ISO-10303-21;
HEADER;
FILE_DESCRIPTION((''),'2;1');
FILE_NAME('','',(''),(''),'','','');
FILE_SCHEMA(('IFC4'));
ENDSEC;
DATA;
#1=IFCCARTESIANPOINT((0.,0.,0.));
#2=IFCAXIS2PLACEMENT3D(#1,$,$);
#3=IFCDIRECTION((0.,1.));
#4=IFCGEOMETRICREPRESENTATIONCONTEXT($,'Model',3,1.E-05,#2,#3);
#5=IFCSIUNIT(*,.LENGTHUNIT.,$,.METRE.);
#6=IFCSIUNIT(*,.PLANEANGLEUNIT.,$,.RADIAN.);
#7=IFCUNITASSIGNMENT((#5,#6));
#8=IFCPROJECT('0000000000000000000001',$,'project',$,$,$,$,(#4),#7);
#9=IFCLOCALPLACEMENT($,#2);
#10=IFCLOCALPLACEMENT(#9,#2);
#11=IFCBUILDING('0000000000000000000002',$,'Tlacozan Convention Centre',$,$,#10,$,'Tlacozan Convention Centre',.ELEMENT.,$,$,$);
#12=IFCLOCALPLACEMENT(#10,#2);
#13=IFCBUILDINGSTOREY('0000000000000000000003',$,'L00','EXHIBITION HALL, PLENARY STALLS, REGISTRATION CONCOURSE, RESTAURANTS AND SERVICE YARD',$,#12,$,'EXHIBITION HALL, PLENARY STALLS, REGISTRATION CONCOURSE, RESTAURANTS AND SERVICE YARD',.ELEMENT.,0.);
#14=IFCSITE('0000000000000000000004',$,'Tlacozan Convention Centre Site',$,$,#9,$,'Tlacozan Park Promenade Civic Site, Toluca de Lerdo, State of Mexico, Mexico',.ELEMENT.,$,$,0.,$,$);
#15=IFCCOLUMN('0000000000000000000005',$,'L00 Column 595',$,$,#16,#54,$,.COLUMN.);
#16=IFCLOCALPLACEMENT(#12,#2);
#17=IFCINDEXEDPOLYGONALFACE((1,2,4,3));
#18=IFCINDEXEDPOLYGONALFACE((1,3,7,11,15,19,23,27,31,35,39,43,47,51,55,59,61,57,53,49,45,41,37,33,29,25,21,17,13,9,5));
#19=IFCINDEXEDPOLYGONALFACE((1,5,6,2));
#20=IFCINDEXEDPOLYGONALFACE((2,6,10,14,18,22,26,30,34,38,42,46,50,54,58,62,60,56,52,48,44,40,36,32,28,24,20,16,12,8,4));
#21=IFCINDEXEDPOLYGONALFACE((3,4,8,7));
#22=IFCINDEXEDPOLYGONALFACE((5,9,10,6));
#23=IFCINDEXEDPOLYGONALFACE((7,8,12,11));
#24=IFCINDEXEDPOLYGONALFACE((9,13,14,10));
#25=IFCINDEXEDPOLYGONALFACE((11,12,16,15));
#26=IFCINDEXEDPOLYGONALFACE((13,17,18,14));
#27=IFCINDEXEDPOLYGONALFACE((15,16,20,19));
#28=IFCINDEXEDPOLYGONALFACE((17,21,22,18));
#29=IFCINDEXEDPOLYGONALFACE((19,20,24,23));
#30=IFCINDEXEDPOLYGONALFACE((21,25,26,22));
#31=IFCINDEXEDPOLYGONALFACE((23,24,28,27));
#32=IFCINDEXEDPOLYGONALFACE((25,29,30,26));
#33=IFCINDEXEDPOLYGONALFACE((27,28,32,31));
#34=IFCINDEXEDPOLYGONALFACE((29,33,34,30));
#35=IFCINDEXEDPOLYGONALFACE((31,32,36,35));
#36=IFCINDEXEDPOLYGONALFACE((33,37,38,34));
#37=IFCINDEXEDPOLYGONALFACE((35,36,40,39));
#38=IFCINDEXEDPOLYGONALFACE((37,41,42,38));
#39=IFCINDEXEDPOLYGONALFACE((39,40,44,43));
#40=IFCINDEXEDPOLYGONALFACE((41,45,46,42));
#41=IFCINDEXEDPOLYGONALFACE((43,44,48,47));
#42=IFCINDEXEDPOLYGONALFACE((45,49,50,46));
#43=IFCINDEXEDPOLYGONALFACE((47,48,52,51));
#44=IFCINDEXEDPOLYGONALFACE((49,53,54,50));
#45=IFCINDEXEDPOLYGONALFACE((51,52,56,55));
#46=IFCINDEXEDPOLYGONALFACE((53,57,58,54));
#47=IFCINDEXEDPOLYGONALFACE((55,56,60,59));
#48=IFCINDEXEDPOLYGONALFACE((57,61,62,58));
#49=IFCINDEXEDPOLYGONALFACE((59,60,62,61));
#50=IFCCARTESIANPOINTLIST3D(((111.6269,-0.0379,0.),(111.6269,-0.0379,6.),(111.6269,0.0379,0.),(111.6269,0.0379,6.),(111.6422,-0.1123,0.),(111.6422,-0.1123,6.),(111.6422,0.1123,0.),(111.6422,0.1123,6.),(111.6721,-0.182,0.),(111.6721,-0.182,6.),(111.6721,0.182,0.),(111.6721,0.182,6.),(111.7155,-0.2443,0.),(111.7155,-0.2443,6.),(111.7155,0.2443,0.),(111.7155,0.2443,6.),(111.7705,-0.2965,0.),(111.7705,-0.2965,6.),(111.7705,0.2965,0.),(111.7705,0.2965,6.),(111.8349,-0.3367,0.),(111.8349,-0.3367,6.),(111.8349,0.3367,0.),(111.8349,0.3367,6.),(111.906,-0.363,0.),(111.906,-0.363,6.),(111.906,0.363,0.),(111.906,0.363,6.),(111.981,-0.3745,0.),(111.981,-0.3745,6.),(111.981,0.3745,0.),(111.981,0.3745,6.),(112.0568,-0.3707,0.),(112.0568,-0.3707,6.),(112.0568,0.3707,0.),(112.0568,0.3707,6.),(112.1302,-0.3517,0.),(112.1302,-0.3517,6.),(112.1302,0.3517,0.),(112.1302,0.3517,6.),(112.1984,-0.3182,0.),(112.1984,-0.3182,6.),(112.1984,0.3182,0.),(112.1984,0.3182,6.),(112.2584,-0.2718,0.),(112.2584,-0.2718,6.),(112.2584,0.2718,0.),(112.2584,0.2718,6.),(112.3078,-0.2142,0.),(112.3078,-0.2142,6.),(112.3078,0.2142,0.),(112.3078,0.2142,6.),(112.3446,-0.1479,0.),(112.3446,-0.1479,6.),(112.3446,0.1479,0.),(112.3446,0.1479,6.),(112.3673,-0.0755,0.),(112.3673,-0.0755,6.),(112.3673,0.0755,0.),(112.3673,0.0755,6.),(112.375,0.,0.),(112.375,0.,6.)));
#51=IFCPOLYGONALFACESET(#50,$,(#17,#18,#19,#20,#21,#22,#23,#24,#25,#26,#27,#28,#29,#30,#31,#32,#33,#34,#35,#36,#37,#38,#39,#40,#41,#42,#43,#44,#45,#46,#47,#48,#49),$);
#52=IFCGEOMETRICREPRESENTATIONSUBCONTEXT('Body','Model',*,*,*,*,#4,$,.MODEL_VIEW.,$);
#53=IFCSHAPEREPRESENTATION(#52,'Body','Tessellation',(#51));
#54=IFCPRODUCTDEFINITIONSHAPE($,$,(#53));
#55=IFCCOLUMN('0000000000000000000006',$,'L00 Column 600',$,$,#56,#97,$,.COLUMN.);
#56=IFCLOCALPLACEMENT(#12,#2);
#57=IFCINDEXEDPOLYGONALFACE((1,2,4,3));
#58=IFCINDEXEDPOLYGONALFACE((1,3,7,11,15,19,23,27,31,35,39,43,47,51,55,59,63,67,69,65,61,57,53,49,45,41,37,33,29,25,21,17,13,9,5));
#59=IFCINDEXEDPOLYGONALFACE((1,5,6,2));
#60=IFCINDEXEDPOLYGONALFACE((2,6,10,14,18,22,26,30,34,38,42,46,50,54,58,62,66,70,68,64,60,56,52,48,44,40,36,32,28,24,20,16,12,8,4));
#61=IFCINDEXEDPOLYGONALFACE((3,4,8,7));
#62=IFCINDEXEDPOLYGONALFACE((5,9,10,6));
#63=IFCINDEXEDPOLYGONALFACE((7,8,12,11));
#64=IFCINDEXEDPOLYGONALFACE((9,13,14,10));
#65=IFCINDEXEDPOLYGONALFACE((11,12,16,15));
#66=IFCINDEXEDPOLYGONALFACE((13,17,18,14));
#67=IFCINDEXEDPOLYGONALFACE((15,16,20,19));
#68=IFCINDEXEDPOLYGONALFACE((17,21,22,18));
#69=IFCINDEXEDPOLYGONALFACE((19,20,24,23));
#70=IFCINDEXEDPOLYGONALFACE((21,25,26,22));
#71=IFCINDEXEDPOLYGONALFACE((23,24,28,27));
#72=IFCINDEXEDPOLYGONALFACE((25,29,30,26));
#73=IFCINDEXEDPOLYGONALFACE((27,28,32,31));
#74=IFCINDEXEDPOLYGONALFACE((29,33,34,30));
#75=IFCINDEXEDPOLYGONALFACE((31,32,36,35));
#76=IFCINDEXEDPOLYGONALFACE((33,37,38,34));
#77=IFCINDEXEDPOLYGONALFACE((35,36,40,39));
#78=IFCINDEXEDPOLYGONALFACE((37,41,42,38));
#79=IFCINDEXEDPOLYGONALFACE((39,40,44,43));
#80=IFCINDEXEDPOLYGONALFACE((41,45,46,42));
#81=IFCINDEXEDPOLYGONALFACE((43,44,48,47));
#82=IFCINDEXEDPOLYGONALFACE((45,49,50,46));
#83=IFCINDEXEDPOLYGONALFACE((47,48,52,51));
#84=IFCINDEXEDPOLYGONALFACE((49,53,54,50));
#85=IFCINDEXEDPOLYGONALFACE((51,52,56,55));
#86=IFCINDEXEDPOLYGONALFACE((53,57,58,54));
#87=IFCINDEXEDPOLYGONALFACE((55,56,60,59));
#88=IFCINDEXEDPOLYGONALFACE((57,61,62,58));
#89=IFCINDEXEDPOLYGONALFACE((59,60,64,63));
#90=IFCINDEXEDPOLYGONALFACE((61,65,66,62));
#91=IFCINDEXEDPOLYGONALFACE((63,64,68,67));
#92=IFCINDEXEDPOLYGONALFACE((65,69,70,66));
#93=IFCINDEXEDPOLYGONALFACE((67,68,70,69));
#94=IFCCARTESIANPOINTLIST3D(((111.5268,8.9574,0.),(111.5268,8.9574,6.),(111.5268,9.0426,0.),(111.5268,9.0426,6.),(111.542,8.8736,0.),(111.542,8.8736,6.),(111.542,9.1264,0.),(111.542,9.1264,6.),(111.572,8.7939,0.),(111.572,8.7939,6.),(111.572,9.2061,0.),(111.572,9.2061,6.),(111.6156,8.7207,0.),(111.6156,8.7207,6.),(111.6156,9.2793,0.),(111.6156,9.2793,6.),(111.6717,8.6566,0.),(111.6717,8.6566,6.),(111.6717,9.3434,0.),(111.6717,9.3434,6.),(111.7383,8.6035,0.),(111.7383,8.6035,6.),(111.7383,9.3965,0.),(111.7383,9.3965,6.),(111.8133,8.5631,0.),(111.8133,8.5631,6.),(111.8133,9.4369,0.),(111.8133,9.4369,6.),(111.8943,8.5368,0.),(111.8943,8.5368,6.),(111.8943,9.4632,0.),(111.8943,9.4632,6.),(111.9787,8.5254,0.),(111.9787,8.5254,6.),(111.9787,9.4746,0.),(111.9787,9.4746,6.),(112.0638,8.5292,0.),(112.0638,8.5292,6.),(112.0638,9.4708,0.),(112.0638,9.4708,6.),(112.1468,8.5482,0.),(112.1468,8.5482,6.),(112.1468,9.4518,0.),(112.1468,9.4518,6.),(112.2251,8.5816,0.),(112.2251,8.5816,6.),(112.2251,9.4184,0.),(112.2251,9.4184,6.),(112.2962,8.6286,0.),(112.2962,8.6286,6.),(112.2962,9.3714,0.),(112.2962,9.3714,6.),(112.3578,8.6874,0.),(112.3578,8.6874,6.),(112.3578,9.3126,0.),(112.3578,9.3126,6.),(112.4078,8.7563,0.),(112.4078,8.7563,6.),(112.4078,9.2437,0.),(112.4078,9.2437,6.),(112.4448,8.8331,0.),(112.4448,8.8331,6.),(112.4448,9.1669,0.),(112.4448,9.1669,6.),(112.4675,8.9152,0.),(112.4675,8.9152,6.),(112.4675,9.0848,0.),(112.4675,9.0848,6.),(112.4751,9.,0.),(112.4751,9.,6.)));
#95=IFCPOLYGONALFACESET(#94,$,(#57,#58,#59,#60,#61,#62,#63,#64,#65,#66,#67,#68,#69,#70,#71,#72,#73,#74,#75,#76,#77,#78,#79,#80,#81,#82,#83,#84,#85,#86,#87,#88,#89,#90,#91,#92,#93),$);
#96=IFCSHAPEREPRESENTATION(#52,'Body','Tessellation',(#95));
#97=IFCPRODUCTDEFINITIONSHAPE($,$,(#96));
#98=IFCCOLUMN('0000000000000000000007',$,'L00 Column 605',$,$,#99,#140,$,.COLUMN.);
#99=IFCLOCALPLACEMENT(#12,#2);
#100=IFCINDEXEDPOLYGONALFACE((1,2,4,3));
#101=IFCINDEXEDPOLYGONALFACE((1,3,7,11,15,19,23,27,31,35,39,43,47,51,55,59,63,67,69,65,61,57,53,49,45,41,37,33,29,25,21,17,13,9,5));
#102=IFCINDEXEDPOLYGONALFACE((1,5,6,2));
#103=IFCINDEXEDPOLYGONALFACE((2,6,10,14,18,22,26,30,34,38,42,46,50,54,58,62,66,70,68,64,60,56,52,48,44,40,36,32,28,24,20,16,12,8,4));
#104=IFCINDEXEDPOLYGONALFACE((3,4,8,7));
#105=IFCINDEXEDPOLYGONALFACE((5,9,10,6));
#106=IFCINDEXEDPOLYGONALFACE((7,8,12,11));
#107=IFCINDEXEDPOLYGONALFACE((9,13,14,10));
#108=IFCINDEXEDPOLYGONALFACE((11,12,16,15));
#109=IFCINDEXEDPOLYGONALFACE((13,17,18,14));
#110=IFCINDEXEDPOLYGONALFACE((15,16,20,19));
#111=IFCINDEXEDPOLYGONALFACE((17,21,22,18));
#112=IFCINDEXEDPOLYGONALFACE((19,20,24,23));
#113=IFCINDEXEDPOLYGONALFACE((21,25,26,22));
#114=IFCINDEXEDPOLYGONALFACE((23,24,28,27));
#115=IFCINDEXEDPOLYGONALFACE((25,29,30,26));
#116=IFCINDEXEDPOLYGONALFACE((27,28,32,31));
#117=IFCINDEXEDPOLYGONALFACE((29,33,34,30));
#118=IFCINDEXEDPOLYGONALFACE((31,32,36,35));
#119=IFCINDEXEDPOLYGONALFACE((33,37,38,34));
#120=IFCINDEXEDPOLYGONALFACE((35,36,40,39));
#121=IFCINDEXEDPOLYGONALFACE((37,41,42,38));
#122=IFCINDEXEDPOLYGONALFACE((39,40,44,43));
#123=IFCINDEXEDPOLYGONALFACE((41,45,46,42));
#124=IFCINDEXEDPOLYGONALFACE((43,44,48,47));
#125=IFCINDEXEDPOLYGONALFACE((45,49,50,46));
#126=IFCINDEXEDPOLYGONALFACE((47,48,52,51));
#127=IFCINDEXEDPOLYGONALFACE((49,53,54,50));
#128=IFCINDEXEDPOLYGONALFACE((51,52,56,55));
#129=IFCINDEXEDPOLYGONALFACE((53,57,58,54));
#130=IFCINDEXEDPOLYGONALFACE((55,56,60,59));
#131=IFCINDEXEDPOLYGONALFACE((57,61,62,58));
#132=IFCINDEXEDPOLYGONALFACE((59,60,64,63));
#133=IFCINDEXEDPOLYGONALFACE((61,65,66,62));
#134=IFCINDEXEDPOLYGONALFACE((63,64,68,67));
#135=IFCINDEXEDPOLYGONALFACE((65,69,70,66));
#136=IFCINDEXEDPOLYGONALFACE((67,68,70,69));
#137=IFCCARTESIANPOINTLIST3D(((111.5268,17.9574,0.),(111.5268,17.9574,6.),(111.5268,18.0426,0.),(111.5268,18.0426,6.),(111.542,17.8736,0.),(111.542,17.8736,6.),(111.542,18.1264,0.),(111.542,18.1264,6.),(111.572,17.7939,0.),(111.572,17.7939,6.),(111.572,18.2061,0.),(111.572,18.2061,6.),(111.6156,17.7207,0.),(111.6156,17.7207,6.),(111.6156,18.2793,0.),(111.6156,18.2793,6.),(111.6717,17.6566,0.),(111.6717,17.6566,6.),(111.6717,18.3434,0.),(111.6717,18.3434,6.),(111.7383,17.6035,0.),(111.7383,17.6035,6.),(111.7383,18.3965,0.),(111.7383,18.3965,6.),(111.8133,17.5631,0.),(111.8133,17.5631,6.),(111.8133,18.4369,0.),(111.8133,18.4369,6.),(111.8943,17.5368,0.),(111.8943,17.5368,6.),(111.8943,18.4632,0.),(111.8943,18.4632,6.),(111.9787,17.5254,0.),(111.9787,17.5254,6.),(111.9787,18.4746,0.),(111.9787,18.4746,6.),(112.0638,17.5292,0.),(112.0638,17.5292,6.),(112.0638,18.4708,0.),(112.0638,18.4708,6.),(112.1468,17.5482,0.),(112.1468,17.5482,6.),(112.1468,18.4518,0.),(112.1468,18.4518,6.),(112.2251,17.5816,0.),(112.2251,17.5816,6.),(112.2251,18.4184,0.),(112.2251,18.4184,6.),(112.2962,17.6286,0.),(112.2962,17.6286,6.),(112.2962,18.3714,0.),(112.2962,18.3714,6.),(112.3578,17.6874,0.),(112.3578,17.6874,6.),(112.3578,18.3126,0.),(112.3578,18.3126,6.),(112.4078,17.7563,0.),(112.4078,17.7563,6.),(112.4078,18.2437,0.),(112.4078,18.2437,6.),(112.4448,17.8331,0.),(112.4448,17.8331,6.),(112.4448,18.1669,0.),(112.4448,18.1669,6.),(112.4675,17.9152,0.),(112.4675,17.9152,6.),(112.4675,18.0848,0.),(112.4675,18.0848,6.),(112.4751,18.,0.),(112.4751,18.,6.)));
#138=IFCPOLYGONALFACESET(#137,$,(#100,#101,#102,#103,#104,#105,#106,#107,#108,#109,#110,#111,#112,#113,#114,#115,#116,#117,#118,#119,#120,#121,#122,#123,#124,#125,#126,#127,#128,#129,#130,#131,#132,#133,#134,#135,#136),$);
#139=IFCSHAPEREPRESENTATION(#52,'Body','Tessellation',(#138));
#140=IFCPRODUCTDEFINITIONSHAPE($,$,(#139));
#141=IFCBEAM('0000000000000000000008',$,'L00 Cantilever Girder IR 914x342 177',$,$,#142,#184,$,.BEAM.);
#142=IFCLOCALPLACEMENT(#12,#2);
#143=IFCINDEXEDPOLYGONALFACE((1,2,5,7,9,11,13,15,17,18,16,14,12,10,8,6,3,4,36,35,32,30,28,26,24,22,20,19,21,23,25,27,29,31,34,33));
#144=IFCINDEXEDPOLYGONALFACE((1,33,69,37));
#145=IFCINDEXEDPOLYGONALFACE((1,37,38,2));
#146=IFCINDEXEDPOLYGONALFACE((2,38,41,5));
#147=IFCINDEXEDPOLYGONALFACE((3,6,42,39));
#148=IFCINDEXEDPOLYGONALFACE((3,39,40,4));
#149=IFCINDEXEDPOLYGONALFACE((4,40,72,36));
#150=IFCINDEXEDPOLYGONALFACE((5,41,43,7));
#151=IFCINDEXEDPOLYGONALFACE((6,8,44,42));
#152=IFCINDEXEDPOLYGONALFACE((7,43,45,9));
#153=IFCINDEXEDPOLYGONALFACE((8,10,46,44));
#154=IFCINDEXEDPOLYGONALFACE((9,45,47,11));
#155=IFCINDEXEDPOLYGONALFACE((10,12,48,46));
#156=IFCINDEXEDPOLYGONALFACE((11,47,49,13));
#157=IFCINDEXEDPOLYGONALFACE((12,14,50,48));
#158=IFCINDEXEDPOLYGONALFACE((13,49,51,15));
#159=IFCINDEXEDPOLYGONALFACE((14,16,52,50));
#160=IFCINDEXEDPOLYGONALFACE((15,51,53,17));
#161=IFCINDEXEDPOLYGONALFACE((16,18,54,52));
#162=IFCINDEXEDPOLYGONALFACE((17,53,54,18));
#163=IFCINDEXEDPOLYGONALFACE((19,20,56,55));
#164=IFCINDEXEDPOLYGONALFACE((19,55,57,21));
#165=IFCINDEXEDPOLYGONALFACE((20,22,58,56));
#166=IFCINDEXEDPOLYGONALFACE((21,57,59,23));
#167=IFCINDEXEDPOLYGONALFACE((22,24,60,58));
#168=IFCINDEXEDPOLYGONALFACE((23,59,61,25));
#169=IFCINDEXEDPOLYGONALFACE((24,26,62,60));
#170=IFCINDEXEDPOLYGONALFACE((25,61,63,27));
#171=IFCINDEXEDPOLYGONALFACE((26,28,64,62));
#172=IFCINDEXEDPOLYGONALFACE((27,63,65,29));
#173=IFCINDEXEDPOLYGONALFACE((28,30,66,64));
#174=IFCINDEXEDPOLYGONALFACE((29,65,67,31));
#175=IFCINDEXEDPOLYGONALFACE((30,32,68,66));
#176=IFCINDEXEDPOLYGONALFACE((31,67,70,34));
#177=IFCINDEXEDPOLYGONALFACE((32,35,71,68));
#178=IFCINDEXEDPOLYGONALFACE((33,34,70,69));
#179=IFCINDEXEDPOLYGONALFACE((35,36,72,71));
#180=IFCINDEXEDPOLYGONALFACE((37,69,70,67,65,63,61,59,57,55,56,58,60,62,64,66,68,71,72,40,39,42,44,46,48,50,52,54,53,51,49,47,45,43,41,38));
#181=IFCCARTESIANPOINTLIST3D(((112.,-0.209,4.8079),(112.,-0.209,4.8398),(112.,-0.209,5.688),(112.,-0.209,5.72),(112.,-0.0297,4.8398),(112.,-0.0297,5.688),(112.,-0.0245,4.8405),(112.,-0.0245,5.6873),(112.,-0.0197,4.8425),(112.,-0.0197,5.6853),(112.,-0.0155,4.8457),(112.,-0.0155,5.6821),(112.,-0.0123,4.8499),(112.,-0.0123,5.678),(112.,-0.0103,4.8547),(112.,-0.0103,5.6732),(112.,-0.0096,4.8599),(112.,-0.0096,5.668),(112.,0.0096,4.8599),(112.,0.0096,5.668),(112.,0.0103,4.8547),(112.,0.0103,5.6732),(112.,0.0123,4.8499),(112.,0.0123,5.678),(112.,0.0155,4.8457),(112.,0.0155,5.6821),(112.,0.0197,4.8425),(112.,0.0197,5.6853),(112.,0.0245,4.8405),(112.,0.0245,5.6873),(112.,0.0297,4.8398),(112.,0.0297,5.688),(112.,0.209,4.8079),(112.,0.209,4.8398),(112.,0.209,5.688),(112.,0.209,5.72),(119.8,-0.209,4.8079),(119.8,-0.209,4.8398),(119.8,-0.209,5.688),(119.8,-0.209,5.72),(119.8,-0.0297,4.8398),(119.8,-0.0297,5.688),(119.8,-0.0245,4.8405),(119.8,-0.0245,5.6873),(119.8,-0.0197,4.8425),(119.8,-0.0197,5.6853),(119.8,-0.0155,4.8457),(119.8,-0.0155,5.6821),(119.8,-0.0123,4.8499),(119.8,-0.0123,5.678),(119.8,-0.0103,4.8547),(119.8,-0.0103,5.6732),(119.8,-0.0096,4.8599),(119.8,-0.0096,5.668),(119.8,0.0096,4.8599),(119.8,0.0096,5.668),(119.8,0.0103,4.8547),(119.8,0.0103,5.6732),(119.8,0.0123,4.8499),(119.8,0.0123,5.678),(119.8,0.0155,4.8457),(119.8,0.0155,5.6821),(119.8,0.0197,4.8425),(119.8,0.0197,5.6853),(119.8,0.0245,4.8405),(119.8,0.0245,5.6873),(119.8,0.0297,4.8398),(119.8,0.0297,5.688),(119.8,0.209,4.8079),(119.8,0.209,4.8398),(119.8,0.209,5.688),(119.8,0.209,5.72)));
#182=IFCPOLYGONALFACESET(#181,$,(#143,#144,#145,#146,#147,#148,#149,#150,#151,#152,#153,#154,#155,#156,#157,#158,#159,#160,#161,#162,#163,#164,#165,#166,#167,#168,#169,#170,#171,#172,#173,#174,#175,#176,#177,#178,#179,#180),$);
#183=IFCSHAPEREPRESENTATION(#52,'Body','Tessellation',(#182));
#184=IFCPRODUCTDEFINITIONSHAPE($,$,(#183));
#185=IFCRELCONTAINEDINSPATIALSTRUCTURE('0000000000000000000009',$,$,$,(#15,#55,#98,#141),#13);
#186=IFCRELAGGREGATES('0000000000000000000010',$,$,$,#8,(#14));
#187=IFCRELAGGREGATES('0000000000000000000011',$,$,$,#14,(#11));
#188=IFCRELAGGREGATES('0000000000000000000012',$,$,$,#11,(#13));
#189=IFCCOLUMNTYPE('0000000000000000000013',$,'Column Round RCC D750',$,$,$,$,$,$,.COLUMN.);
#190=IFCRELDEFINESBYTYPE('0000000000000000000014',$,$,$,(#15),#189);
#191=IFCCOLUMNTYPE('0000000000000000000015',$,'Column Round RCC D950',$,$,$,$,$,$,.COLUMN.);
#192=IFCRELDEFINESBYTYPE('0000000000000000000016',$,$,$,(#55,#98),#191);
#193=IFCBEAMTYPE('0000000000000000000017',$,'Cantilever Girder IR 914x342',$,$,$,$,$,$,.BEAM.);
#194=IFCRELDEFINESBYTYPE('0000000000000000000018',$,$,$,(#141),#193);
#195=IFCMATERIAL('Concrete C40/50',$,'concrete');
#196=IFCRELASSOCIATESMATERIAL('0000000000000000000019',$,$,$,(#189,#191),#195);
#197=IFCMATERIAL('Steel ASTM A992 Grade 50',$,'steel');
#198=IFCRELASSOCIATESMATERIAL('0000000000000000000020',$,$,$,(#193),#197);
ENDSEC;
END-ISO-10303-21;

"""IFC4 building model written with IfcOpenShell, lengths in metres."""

from ifc_helpers import new_model, si_unit, direction, frame, origin, origin_2d, place, context, subcontext, project, spatial, circle, i_section, extrude, material, material_profile, profile_set, type_object, element, save


model = new_model("IFC4")

# Units and contexts
model_context = context("Model", 3, precision=1e-05, world=origin(), true_north=direction((0.0, 1.0)))
body_context = subcontext(model_context, "Body", "Model", "MODEL_VIEW")
ifc_project = project(units=[si_unit("LENGTHUNIT", "METRE"), si_unit("PLANEANGLEUNIT", "RADIAN")], contexts=[model_context])

# Site, building, storey
site_placement = place(None, origin())
site = spatial("IfcSite", under=ifc_project, at=site_placement, Name="Tlacozan Convention Centre Site", LongName="Tlacozan Park Promenade Civic Site, Toluca de Lerdo, State of Mexico, Mexico", CompositionType="ELEMENT", RefElevation=0.0)
building_placement = place(site_placement, origin())
building = spatial("IfcBuilding", under=site, at=building_placement, Name="Tlacozan Convention Centre", LongName="Tlacozan Convention Centre", CompositionType="ELEMENT")
storey_placement = place(building_placement, origin())
storey = spatial("IfcBuildingStorey", under=building, at=storey_placement, Name="L00", Description="EXHIBITION HALL, PLENARY STALLS, REGISTRATION CONCOURSE, RESTAURANTS AND SERVICE YARD", LongName="EXHIBITION HALL, PLENARY STALLS, REGISTRATION CONCOURSE, RESTAURANTS AND SERVICE YARD", CompositionType="ELEMENT", Elevation=0.0)

# Columns
ifc_material_1 = material(Name="Concrete C40/50", Category="concrete")
ifc_material_profile_1 = material_profile(ifc_material_1, circle(Radius=0.375, at=origin_2d()), Name="RCC D750")
ifc_profile_set_1 = profile_set([ifc_material_profile_1], Name="Concrete C40/50")
column_type_1 = type_object("IfcColumnType", Name="Column Round RCC D750", PredefinedType="COLUMN", material=ifc_profile_set_1)
column_placement = place(storey_placement, frame((112.0, 0.0, 0.0), z_axis=(0.0, 0.0, 1.0), x_axis=(1.0, 0.0, 0.0)))
element("IfcColumn", 1, at=column_placement, inside=storey, type_object=column_type_1, Name="L00 Column 595", PredefinedType="COLUMN", context=body_context, shape_type="SweptSolid", body=[
    extrude(circle(Radius=0.375, at=origin_2d()), origin(), (0.0, 0.0, 1.0), 6.0),
])
ifc_material_profile_2 = material_profile(ifc_material_1, circle(Radius=0.4751, at=origin_2d()), Name="RCC D950")
ifc_profile_set_2 = profile_set([ifc_material_profile_2], Name="Concrete C40/50")
column_type_2 = type_object("IfcColumnType", Name="Column Round RCC D950", PredefinedType="COLUMN", material=ifc_profile_set_2)
for number, where, z_axis, x_axis, name in (
    (2, (112.0, 9.0, 0.0), (0.0, 0.0, 1.0), (1.0, 0.0, 0.0), "L00 Column 600"),
    (3, (112.0, 18.0, 0.0), (0.0, 0.0, 1.0), (1.0, 0.0, 0.0), "L00 Column 605"),
):
    element("IfcColumn", number, at=place(storey_placement, frame(where, z_axis=z_axis, x_axis=x_axis)), inside=storey, type_object=column_type_2, Name=name, PredefinedType="COLUMN", context=body_context, shape_type="SweptSolid", body=[
        extrude(circle(Radius=0.4751, at=origin_2d()), origin(), (0.0, 0.0, 1.0), 6.0),
    ])

# Beam
ifc_material_2 = material(Name="Steel ASTM A992 Grade 50", Category="steel")
ifc_material_profile_3 = material_profile(ifc_material_2, i_section(OverallWidth=0.418, OverallDepth=0.9121, WebThickness=0.0193, FlangeThickness=0.032, FilletRadius=0.02, at=origin_2d()), Name="IR 914x342.0")
ifc_profile_set_3 = profile_set([ifc_material_profile_3], Name="Steel ASTM A992 Grade 50")
beam_type_1 = type_object("IfcBeamType", Name="Cantilever Girder IR 914x342", PredefinedType="BEAM", material=ifc_profile_set_3)
for number, where, z_axis, x_axis, name in (
    (4, (112.0, 0.0, 5.2639), (1.0, 0.0, 0.0), (0.0, 1.0, 0.0), "L00 Cantilever Girder IR 914x342 177"),
):
    element("IfcBeam", number, at=place(storey_placement, frame(where, z_axis=z_axis, x_axis=x_axis)), inside=storey, type_object=beam_type_1, Name=name, PredefinedType="BEAM", context=body_context, shape_type="SweptSolid", body=[
        extrude(i_section(OverallWidth=0.418, OverallDepth=0.9121, WebThickness=0.0193, FlangeThickness=0.032, FilletRadius=0.02, at=origin_2d()), origin(), (0.0, 0.0, 1.0), 7.8),
    ])

save(model, "model.ifc")
